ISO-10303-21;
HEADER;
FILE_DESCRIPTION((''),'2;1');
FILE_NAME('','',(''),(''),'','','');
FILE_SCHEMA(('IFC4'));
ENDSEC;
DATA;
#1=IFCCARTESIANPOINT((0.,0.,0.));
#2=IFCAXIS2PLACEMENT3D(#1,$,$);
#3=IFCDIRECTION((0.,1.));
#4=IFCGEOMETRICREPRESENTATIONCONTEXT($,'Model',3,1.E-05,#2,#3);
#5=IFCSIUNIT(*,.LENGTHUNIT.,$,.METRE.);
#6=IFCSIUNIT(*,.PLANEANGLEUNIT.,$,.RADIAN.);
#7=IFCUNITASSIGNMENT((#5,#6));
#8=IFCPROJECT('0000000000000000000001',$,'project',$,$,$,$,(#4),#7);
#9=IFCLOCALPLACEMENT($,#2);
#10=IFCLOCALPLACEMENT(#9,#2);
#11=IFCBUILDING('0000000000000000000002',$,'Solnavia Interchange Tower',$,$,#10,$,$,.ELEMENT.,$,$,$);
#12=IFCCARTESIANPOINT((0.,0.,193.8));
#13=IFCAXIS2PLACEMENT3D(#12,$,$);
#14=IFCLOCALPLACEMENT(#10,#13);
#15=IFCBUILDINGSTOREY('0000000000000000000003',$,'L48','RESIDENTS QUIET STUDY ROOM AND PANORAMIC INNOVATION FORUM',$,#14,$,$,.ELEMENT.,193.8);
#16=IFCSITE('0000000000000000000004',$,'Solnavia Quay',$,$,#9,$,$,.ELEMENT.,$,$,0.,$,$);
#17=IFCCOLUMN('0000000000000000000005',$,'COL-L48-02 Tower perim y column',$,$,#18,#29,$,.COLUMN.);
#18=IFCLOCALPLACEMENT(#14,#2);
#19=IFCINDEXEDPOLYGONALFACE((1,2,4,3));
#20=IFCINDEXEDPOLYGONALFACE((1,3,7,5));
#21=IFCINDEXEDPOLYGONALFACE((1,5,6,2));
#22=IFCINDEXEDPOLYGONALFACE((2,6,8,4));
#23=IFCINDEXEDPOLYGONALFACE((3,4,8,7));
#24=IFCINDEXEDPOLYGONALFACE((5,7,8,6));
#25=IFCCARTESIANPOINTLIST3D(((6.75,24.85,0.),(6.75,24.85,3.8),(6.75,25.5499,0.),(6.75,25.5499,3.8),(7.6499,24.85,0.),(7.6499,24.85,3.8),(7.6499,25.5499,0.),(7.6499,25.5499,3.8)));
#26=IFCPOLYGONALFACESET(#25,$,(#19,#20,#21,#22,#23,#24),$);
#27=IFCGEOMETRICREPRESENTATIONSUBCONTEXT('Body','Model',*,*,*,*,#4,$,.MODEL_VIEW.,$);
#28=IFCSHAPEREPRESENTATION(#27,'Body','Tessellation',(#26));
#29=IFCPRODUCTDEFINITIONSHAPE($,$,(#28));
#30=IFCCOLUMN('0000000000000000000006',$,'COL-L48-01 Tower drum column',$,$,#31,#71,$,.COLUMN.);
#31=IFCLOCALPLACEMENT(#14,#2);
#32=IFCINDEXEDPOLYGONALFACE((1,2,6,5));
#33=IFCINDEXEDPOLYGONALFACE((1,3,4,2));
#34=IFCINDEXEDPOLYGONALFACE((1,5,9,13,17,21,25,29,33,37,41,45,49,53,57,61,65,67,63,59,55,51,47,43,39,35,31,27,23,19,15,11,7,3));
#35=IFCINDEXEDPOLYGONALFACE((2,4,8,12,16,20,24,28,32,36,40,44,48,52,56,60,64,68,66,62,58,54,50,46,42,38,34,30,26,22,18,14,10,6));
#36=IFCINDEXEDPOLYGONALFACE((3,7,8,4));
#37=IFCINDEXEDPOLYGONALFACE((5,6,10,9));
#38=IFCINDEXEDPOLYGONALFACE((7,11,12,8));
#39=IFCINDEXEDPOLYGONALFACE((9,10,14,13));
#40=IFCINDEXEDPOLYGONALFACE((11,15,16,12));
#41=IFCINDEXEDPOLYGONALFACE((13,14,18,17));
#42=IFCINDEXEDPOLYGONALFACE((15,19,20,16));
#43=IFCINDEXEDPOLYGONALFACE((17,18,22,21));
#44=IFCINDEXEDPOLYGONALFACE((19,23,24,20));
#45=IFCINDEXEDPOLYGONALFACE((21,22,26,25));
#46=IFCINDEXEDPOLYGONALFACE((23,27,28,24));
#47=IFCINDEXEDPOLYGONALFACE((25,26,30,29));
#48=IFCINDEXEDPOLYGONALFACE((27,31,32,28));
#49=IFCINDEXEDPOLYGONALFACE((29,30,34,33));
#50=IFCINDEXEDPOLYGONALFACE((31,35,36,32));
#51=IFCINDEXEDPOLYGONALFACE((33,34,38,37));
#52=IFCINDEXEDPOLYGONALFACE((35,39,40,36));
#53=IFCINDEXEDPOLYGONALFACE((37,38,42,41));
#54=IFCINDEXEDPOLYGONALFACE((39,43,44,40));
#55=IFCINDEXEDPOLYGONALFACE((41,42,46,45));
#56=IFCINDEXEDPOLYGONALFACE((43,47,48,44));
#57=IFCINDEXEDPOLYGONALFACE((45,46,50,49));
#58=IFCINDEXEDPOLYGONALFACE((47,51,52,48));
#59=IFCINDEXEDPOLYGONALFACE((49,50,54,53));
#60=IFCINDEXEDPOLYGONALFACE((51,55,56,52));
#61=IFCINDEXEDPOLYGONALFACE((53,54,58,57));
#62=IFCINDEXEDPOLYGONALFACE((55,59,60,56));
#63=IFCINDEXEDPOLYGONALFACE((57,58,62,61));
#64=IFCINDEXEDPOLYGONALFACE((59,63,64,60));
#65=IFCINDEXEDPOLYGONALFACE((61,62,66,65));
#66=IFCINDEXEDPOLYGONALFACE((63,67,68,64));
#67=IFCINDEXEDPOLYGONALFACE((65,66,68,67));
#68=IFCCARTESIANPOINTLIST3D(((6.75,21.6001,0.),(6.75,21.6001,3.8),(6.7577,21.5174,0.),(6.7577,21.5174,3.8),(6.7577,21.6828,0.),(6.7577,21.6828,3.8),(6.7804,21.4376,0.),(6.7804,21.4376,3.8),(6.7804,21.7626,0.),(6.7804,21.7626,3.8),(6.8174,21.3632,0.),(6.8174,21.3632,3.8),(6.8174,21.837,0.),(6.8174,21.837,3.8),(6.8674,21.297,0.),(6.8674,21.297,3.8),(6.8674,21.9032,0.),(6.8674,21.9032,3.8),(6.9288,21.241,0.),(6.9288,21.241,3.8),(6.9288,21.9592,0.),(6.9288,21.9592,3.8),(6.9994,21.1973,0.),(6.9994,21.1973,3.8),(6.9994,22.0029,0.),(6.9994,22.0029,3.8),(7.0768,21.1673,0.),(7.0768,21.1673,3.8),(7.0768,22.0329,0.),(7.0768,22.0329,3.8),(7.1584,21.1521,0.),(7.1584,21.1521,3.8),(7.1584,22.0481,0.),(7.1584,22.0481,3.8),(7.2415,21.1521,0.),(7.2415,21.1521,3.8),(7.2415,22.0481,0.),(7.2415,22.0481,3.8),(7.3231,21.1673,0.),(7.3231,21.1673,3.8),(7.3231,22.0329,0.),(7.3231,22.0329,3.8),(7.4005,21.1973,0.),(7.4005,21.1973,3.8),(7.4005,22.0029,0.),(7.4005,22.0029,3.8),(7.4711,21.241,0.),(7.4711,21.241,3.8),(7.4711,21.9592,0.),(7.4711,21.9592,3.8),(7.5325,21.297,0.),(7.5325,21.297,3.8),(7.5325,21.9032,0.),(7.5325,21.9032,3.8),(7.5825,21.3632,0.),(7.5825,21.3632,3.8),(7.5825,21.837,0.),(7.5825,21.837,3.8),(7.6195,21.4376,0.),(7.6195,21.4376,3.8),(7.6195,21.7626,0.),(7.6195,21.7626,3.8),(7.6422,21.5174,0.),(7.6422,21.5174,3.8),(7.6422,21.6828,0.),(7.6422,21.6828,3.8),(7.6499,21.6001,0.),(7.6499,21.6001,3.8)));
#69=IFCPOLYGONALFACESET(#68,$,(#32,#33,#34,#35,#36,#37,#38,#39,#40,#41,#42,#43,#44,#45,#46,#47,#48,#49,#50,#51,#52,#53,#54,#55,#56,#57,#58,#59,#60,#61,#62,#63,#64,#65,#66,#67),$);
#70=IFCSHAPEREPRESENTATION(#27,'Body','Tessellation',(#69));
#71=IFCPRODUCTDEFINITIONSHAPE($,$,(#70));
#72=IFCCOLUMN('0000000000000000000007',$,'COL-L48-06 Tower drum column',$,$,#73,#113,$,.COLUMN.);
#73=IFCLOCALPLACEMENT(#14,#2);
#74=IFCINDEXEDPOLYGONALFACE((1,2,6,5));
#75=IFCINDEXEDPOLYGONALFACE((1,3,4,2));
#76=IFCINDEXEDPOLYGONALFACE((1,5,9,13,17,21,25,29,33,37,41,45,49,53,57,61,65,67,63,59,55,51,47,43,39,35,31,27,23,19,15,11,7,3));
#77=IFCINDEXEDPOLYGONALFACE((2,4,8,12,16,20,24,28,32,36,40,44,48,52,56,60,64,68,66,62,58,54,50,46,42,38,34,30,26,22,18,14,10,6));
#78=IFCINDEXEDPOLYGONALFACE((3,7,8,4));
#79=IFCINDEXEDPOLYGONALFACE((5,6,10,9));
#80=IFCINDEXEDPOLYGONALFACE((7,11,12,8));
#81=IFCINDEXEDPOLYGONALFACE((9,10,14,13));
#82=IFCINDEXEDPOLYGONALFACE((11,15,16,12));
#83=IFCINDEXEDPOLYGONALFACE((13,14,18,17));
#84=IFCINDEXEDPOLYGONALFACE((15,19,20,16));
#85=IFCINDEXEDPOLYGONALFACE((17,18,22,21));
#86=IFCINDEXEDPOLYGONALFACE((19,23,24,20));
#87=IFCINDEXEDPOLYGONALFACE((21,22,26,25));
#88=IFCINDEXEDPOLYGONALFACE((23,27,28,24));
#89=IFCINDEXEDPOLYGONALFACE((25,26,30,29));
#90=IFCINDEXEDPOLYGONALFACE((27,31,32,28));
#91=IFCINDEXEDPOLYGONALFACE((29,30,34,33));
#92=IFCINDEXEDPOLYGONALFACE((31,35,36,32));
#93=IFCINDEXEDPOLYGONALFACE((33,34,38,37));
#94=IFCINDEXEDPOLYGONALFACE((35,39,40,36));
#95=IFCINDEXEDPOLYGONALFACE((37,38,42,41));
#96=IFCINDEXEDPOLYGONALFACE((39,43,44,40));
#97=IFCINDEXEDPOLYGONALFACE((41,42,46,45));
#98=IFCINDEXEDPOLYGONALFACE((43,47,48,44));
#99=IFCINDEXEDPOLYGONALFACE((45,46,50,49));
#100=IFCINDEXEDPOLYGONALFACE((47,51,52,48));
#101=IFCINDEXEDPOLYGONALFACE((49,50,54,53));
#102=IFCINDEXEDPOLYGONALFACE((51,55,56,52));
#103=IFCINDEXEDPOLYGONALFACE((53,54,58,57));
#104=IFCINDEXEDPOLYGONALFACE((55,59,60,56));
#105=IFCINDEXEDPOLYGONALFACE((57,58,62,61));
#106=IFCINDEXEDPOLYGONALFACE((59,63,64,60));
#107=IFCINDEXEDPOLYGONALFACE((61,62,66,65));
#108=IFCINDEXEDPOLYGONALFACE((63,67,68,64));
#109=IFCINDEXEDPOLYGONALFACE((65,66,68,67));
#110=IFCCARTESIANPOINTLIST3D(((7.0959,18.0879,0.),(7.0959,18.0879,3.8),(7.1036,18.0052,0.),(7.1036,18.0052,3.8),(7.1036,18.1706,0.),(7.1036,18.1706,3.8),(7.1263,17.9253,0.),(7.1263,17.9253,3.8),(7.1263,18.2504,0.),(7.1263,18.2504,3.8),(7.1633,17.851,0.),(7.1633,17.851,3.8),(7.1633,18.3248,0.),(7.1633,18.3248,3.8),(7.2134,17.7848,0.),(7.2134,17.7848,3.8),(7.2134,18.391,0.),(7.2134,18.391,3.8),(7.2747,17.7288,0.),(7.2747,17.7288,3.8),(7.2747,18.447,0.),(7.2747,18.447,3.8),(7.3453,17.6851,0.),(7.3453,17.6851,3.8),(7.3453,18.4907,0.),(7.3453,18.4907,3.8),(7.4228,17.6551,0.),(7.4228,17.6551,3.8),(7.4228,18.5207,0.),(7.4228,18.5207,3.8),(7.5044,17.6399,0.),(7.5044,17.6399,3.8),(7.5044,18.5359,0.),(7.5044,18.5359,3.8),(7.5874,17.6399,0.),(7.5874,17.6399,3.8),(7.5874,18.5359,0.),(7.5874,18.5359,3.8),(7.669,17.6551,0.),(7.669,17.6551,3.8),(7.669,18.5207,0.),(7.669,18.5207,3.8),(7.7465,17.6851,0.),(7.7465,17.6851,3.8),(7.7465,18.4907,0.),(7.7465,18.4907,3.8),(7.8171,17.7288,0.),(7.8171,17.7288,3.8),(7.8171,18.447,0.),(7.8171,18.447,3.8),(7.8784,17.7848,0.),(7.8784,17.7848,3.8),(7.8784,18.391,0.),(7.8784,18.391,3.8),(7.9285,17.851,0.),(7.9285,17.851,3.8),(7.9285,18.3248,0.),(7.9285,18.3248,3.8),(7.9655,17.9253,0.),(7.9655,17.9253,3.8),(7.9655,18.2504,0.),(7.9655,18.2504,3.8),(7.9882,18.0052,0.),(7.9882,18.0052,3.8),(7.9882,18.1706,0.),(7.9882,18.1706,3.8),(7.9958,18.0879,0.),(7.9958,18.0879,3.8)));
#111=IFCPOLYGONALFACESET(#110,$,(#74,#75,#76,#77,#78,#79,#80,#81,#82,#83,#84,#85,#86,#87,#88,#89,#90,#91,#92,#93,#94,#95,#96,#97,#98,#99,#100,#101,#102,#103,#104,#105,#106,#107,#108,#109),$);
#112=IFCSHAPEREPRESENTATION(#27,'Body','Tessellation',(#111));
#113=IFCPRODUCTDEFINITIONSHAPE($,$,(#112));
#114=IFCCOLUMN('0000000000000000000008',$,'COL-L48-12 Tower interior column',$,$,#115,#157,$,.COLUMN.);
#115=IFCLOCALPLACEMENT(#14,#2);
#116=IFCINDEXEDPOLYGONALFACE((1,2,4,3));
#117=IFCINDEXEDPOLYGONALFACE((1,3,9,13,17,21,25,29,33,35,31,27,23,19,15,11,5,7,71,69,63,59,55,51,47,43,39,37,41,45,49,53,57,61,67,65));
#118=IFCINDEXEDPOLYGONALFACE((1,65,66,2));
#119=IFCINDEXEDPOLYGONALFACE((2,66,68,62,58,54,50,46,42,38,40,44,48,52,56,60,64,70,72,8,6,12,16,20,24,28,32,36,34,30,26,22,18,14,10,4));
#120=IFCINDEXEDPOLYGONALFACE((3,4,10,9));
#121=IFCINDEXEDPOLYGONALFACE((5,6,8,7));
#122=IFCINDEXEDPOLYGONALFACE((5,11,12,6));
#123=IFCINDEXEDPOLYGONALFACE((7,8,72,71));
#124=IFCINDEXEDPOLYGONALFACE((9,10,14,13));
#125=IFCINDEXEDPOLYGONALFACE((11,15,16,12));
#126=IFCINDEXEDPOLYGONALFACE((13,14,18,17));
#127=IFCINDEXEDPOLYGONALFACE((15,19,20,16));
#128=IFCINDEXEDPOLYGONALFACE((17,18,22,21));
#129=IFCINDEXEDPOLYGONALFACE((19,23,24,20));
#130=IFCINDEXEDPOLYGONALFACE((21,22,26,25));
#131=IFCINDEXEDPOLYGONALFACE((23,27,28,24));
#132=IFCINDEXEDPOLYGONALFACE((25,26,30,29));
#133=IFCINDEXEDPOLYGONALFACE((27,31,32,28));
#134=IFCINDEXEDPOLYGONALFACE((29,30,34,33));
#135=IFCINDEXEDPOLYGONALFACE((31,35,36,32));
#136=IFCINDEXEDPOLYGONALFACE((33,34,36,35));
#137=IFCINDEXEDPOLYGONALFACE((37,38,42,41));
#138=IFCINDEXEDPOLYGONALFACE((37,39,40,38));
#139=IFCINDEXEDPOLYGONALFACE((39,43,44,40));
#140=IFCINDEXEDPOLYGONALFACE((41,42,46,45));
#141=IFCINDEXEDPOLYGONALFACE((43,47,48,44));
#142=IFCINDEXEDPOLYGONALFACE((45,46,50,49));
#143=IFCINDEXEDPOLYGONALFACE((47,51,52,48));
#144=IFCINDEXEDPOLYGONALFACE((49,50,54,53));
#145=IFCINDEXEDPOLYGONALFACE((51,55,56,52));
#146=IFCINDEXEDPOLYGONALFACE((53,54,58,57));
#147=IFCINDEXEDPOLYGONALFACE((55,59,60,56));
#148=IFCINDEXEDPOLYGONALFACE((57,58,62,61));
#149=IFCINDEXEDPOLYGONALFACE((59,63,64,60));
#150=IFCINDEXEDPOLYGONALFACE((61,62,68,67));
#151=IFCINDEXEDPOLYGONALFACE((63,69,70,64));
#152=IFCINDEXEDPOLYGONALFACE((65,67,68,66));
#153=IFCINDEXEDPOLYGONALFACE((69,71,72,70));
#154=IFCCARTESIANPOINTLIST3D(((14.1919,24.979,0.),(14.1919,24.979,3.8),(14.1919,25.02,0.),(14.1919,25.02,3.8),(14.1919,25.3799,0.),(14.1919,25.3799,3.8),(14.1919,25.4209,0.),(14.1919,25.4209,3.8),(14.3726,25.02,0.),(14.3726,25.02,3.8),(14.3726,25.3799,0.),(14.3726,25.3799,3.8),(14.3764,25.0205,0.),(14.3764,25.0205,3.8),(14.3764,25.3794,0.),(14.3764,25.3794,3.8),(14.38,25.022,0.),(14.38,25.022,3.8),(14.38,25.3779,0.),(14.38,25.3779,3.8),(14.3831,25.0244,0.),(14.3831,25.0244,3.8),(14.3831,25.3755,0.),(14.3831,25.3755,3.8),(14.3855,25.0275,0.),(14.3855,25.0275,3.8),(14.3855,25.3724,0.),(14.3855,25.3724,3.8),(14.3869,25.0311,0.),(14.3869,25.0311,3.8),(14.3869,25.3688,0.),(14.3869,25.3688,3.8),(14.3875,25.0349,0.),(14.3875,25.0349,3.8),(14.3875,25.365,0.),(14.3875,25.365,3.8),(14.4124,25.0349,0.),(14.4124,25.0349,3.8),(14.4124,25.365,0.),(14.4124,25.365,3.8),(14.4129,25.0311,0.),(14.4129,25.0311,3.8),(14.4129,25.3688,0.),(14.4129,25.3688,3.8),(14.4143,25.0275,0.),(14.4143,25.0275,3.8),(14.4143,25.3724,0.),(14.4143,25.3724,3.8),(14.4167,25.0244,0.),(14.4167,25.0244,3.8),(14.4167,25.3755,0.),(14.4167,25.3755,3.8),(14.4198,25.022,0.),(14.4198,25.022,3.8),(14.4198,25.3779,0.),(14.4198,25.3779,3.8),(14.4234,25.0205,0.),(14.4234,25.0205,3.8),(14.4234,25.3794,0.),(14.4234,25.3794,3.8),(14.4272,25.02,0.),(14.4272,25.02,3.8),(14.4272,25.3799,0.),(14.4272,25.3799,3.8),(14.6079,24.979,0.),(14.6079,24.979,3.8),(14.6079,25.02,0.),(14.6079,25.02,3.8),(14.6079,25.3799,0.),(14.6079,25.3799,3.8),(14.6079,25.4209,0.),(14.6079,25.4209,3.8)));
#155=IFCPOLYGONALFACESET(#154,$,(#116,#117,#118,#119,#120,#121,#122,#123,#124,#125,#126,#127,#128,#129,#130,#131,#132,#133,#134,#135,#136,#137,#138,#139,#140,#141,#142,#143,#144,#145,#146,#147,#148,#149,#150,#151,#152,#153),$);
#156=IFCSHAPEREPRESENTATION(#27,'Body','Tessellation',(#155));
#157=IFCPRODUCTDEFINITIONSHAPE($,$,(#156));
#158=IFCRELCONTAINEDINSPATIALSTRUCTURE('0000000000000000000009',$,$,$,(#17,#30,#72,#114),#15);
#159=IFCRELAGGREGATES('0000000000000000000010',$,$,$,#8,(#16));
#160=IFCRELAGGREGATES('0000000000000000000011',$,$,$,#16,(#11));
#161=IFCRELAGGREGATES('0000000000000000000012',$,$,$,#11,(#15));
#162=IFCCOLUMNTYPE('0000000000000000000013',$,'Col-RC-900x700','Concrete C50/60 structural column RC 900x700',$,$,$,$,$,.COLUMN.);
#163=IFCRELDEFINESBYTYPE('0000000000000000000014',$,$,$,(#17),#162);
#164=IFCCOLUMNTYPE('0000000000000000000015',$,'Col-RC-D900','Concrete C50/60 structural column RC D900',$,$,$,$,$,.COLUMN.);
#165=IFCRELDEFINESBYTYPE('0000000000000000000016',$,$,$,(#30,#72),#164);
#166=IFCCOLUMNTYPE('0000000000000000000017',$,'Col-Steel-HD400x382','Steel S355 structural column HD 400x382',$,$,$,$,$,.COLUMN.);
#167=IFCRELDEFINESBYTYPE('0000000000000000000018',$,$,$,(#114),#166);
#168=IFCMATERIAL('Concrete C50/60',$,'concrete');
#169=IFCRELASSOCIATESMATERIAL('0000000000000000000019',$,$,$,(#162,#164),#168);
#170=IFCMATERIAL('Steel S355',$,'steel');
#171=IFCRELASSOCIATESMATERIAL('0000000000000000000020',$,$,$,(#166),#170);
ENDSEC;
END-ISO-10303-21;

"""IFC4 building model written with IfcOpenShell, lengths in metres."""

from ifc_helpers import new_model, si_unit, direction, frame, origin, origin_2d, place, context, subcontext, project, spatial, rectangle, circle, i_section, extrude, material, material_profile, profile_set, type_object, element, save


model = new_model("IFC4")

# Units and contexts
model_context = context("Model", 3, precision=1e-05, world=origin(), true_north=direction((0.0, 1.0)))
body_context = subcontext(model_context, "Body", "Model", "MODEL_VIEW")
ifc_project = project(units=[si_unit("LENGTHUNIT", "METRE"), si_unit("PLANEANGLEUNIT", "RADIAN")], contexts=[model_context])

# Site, building, storey
site_placement = place(None, origin())
site = spatial("IfcSite", under=ifc_project, at=site_placement, Name="Solnavia Quay", CompositionType="ELEMENT", RefElevation=0.0)
building_placement = place(site_placement, origin())
building = spatial("IfcBuilding", under=site, at=building_placement, Name="Solnavia Interchange Tower", CompositionType="ELEMENT")
storey_placement = place(building_placement, frame((0.0, 0.0, 193.8)))
storey = spatial("IfcBuildingStorey", under=building, at=storey_placement, Name="L48", Description="RESIDENTS QUIET STUDY ROOM AND PANORAMIC INNOVATION FORUM", CompositionType="ELEMENT", Elevation=193.8)

# Columns
ifc_material_1 = material(Name="Concrete C50/60", Category="concrete")
ifc_material_profile_1 = material_profile(ifc_material_1, rectangle(XDim=0.7, YDim=0.8999, at=origin_2d()), Name="RC 900x700")
ifc_profile_set_1 = profile_set([ifc_material_profile_1], Name="Concrete C50/60")
column_type_1 = type_object("IfcColumnType", Name="Col-RC-900x700", Description="Concrete C50/60 structural column RC 900x700", PredefinedType="COLUMN", material=ifc_profile_set_1)
column_1_placement = place(storey_placement, frame((7.2, 25.2, 0.0), z_axis=(0.0, 0.0, 1.0), x_axis=(0.0, 1.0, 0.0)))
element("IfcColumn", 1, at=column_1_placement, inside=storey, type_object=column_type_1, Name="COL-L48-02 Tower perim y column", PredefinedType="COLUMN", context=body_context, shape_type="SweptSolid", body=[
    extrude(rectangle(XDim=0.7, YDim=0.8999, at=origin_2d()), origin(), (0.0, 0.0, 1.0), 3.8),
])
ifc_material_profile_2 = material_profile(ifc_material_1, circle(Radius=0.45, at=origin_2d()), Name="RC D900")
ifc_profile_set_2 = profile_set([ifc_material_profile_2], Name="Concrete C50/60")
column_type_2 = type_object("IfcColumnType", Name="Col-RC-D900", Description="Concrete C50/60 structural column RC D900", PredefinedType="COLUMN", material=ifc_profile_set_2)
for number, where, z_axis, x_axis, name in (
    (2, (7.2, 21.6001, 0.0), (0.0, 0.0, 1.0), (1.0, 0.0, 0.0), "COL-L48-01 Tower drum column"),
    (3, (7.5459, 18.0879, 0.0), (0.0, 0.0, 1.0), (1.0, 0.0, 0.0), "COL-L48-06 Tower drum column"),
):
    element("IfcColumn", number, at=place(storey_placement, frame(where, z_axis=z_axis, x_axis=x_axis)), inside=storey, type_object=column_type_2, Name=name, PredefinedType="COLUMN", context=body_context, shape_type="SweptSolid", body=[
        extrude(circle(Radius=0.45, at=origin_2d()), origin(), (0.0, 0.0, 1.0), 3.8),
    ])
ifc_material_2 = material(Name="Steel S355", Category="steel")
ifc_material_profile_3 = material_profile(ifc_material_2, i_section(OverallWidth=0.416, OverallDepth=0.4419, WebThickness=0.0249, FlangeThickness=0.041, FilletRadius=0.0149, at=origin_2d()), Name="HD 400x382")
ifc_profile_set_3 = profile_set([ifc_material_profile_3], Name="Steel S355")
column_type_3 = type_object("IfcColumnType", Name="Col-Steel-HD400x382", Description="Steel S355 structural column HD 400x382", PredefinedType="COLUMN", material=ifc_profile_set_3)
column_2_placement = place(storey_placement, frame((14.3999, 25.2, 0.0), z_axis=(0.0, 0.0, 1.0), x_axis=(1.0, 0.0, 0.0)))
element("IfcColumn", 4, at=column_2_placement, inside=storey, type_object=column_type_3, Name="COL-L48-12 Tower interior column", PredefinedType="COLUMN", context=body_context, shape_type="SweptSolid", body=[
    extrude(i_section(OverallWidth=0.416, OverallDepth=0.4419, WebThickness=0.0249, FlangeThickness=0.041, FilletRadius=0.0149, at=origin_2d()), origin(), (0.0, 0.0, 1.0), 3.8),
])

save(model, "model.ifc")
